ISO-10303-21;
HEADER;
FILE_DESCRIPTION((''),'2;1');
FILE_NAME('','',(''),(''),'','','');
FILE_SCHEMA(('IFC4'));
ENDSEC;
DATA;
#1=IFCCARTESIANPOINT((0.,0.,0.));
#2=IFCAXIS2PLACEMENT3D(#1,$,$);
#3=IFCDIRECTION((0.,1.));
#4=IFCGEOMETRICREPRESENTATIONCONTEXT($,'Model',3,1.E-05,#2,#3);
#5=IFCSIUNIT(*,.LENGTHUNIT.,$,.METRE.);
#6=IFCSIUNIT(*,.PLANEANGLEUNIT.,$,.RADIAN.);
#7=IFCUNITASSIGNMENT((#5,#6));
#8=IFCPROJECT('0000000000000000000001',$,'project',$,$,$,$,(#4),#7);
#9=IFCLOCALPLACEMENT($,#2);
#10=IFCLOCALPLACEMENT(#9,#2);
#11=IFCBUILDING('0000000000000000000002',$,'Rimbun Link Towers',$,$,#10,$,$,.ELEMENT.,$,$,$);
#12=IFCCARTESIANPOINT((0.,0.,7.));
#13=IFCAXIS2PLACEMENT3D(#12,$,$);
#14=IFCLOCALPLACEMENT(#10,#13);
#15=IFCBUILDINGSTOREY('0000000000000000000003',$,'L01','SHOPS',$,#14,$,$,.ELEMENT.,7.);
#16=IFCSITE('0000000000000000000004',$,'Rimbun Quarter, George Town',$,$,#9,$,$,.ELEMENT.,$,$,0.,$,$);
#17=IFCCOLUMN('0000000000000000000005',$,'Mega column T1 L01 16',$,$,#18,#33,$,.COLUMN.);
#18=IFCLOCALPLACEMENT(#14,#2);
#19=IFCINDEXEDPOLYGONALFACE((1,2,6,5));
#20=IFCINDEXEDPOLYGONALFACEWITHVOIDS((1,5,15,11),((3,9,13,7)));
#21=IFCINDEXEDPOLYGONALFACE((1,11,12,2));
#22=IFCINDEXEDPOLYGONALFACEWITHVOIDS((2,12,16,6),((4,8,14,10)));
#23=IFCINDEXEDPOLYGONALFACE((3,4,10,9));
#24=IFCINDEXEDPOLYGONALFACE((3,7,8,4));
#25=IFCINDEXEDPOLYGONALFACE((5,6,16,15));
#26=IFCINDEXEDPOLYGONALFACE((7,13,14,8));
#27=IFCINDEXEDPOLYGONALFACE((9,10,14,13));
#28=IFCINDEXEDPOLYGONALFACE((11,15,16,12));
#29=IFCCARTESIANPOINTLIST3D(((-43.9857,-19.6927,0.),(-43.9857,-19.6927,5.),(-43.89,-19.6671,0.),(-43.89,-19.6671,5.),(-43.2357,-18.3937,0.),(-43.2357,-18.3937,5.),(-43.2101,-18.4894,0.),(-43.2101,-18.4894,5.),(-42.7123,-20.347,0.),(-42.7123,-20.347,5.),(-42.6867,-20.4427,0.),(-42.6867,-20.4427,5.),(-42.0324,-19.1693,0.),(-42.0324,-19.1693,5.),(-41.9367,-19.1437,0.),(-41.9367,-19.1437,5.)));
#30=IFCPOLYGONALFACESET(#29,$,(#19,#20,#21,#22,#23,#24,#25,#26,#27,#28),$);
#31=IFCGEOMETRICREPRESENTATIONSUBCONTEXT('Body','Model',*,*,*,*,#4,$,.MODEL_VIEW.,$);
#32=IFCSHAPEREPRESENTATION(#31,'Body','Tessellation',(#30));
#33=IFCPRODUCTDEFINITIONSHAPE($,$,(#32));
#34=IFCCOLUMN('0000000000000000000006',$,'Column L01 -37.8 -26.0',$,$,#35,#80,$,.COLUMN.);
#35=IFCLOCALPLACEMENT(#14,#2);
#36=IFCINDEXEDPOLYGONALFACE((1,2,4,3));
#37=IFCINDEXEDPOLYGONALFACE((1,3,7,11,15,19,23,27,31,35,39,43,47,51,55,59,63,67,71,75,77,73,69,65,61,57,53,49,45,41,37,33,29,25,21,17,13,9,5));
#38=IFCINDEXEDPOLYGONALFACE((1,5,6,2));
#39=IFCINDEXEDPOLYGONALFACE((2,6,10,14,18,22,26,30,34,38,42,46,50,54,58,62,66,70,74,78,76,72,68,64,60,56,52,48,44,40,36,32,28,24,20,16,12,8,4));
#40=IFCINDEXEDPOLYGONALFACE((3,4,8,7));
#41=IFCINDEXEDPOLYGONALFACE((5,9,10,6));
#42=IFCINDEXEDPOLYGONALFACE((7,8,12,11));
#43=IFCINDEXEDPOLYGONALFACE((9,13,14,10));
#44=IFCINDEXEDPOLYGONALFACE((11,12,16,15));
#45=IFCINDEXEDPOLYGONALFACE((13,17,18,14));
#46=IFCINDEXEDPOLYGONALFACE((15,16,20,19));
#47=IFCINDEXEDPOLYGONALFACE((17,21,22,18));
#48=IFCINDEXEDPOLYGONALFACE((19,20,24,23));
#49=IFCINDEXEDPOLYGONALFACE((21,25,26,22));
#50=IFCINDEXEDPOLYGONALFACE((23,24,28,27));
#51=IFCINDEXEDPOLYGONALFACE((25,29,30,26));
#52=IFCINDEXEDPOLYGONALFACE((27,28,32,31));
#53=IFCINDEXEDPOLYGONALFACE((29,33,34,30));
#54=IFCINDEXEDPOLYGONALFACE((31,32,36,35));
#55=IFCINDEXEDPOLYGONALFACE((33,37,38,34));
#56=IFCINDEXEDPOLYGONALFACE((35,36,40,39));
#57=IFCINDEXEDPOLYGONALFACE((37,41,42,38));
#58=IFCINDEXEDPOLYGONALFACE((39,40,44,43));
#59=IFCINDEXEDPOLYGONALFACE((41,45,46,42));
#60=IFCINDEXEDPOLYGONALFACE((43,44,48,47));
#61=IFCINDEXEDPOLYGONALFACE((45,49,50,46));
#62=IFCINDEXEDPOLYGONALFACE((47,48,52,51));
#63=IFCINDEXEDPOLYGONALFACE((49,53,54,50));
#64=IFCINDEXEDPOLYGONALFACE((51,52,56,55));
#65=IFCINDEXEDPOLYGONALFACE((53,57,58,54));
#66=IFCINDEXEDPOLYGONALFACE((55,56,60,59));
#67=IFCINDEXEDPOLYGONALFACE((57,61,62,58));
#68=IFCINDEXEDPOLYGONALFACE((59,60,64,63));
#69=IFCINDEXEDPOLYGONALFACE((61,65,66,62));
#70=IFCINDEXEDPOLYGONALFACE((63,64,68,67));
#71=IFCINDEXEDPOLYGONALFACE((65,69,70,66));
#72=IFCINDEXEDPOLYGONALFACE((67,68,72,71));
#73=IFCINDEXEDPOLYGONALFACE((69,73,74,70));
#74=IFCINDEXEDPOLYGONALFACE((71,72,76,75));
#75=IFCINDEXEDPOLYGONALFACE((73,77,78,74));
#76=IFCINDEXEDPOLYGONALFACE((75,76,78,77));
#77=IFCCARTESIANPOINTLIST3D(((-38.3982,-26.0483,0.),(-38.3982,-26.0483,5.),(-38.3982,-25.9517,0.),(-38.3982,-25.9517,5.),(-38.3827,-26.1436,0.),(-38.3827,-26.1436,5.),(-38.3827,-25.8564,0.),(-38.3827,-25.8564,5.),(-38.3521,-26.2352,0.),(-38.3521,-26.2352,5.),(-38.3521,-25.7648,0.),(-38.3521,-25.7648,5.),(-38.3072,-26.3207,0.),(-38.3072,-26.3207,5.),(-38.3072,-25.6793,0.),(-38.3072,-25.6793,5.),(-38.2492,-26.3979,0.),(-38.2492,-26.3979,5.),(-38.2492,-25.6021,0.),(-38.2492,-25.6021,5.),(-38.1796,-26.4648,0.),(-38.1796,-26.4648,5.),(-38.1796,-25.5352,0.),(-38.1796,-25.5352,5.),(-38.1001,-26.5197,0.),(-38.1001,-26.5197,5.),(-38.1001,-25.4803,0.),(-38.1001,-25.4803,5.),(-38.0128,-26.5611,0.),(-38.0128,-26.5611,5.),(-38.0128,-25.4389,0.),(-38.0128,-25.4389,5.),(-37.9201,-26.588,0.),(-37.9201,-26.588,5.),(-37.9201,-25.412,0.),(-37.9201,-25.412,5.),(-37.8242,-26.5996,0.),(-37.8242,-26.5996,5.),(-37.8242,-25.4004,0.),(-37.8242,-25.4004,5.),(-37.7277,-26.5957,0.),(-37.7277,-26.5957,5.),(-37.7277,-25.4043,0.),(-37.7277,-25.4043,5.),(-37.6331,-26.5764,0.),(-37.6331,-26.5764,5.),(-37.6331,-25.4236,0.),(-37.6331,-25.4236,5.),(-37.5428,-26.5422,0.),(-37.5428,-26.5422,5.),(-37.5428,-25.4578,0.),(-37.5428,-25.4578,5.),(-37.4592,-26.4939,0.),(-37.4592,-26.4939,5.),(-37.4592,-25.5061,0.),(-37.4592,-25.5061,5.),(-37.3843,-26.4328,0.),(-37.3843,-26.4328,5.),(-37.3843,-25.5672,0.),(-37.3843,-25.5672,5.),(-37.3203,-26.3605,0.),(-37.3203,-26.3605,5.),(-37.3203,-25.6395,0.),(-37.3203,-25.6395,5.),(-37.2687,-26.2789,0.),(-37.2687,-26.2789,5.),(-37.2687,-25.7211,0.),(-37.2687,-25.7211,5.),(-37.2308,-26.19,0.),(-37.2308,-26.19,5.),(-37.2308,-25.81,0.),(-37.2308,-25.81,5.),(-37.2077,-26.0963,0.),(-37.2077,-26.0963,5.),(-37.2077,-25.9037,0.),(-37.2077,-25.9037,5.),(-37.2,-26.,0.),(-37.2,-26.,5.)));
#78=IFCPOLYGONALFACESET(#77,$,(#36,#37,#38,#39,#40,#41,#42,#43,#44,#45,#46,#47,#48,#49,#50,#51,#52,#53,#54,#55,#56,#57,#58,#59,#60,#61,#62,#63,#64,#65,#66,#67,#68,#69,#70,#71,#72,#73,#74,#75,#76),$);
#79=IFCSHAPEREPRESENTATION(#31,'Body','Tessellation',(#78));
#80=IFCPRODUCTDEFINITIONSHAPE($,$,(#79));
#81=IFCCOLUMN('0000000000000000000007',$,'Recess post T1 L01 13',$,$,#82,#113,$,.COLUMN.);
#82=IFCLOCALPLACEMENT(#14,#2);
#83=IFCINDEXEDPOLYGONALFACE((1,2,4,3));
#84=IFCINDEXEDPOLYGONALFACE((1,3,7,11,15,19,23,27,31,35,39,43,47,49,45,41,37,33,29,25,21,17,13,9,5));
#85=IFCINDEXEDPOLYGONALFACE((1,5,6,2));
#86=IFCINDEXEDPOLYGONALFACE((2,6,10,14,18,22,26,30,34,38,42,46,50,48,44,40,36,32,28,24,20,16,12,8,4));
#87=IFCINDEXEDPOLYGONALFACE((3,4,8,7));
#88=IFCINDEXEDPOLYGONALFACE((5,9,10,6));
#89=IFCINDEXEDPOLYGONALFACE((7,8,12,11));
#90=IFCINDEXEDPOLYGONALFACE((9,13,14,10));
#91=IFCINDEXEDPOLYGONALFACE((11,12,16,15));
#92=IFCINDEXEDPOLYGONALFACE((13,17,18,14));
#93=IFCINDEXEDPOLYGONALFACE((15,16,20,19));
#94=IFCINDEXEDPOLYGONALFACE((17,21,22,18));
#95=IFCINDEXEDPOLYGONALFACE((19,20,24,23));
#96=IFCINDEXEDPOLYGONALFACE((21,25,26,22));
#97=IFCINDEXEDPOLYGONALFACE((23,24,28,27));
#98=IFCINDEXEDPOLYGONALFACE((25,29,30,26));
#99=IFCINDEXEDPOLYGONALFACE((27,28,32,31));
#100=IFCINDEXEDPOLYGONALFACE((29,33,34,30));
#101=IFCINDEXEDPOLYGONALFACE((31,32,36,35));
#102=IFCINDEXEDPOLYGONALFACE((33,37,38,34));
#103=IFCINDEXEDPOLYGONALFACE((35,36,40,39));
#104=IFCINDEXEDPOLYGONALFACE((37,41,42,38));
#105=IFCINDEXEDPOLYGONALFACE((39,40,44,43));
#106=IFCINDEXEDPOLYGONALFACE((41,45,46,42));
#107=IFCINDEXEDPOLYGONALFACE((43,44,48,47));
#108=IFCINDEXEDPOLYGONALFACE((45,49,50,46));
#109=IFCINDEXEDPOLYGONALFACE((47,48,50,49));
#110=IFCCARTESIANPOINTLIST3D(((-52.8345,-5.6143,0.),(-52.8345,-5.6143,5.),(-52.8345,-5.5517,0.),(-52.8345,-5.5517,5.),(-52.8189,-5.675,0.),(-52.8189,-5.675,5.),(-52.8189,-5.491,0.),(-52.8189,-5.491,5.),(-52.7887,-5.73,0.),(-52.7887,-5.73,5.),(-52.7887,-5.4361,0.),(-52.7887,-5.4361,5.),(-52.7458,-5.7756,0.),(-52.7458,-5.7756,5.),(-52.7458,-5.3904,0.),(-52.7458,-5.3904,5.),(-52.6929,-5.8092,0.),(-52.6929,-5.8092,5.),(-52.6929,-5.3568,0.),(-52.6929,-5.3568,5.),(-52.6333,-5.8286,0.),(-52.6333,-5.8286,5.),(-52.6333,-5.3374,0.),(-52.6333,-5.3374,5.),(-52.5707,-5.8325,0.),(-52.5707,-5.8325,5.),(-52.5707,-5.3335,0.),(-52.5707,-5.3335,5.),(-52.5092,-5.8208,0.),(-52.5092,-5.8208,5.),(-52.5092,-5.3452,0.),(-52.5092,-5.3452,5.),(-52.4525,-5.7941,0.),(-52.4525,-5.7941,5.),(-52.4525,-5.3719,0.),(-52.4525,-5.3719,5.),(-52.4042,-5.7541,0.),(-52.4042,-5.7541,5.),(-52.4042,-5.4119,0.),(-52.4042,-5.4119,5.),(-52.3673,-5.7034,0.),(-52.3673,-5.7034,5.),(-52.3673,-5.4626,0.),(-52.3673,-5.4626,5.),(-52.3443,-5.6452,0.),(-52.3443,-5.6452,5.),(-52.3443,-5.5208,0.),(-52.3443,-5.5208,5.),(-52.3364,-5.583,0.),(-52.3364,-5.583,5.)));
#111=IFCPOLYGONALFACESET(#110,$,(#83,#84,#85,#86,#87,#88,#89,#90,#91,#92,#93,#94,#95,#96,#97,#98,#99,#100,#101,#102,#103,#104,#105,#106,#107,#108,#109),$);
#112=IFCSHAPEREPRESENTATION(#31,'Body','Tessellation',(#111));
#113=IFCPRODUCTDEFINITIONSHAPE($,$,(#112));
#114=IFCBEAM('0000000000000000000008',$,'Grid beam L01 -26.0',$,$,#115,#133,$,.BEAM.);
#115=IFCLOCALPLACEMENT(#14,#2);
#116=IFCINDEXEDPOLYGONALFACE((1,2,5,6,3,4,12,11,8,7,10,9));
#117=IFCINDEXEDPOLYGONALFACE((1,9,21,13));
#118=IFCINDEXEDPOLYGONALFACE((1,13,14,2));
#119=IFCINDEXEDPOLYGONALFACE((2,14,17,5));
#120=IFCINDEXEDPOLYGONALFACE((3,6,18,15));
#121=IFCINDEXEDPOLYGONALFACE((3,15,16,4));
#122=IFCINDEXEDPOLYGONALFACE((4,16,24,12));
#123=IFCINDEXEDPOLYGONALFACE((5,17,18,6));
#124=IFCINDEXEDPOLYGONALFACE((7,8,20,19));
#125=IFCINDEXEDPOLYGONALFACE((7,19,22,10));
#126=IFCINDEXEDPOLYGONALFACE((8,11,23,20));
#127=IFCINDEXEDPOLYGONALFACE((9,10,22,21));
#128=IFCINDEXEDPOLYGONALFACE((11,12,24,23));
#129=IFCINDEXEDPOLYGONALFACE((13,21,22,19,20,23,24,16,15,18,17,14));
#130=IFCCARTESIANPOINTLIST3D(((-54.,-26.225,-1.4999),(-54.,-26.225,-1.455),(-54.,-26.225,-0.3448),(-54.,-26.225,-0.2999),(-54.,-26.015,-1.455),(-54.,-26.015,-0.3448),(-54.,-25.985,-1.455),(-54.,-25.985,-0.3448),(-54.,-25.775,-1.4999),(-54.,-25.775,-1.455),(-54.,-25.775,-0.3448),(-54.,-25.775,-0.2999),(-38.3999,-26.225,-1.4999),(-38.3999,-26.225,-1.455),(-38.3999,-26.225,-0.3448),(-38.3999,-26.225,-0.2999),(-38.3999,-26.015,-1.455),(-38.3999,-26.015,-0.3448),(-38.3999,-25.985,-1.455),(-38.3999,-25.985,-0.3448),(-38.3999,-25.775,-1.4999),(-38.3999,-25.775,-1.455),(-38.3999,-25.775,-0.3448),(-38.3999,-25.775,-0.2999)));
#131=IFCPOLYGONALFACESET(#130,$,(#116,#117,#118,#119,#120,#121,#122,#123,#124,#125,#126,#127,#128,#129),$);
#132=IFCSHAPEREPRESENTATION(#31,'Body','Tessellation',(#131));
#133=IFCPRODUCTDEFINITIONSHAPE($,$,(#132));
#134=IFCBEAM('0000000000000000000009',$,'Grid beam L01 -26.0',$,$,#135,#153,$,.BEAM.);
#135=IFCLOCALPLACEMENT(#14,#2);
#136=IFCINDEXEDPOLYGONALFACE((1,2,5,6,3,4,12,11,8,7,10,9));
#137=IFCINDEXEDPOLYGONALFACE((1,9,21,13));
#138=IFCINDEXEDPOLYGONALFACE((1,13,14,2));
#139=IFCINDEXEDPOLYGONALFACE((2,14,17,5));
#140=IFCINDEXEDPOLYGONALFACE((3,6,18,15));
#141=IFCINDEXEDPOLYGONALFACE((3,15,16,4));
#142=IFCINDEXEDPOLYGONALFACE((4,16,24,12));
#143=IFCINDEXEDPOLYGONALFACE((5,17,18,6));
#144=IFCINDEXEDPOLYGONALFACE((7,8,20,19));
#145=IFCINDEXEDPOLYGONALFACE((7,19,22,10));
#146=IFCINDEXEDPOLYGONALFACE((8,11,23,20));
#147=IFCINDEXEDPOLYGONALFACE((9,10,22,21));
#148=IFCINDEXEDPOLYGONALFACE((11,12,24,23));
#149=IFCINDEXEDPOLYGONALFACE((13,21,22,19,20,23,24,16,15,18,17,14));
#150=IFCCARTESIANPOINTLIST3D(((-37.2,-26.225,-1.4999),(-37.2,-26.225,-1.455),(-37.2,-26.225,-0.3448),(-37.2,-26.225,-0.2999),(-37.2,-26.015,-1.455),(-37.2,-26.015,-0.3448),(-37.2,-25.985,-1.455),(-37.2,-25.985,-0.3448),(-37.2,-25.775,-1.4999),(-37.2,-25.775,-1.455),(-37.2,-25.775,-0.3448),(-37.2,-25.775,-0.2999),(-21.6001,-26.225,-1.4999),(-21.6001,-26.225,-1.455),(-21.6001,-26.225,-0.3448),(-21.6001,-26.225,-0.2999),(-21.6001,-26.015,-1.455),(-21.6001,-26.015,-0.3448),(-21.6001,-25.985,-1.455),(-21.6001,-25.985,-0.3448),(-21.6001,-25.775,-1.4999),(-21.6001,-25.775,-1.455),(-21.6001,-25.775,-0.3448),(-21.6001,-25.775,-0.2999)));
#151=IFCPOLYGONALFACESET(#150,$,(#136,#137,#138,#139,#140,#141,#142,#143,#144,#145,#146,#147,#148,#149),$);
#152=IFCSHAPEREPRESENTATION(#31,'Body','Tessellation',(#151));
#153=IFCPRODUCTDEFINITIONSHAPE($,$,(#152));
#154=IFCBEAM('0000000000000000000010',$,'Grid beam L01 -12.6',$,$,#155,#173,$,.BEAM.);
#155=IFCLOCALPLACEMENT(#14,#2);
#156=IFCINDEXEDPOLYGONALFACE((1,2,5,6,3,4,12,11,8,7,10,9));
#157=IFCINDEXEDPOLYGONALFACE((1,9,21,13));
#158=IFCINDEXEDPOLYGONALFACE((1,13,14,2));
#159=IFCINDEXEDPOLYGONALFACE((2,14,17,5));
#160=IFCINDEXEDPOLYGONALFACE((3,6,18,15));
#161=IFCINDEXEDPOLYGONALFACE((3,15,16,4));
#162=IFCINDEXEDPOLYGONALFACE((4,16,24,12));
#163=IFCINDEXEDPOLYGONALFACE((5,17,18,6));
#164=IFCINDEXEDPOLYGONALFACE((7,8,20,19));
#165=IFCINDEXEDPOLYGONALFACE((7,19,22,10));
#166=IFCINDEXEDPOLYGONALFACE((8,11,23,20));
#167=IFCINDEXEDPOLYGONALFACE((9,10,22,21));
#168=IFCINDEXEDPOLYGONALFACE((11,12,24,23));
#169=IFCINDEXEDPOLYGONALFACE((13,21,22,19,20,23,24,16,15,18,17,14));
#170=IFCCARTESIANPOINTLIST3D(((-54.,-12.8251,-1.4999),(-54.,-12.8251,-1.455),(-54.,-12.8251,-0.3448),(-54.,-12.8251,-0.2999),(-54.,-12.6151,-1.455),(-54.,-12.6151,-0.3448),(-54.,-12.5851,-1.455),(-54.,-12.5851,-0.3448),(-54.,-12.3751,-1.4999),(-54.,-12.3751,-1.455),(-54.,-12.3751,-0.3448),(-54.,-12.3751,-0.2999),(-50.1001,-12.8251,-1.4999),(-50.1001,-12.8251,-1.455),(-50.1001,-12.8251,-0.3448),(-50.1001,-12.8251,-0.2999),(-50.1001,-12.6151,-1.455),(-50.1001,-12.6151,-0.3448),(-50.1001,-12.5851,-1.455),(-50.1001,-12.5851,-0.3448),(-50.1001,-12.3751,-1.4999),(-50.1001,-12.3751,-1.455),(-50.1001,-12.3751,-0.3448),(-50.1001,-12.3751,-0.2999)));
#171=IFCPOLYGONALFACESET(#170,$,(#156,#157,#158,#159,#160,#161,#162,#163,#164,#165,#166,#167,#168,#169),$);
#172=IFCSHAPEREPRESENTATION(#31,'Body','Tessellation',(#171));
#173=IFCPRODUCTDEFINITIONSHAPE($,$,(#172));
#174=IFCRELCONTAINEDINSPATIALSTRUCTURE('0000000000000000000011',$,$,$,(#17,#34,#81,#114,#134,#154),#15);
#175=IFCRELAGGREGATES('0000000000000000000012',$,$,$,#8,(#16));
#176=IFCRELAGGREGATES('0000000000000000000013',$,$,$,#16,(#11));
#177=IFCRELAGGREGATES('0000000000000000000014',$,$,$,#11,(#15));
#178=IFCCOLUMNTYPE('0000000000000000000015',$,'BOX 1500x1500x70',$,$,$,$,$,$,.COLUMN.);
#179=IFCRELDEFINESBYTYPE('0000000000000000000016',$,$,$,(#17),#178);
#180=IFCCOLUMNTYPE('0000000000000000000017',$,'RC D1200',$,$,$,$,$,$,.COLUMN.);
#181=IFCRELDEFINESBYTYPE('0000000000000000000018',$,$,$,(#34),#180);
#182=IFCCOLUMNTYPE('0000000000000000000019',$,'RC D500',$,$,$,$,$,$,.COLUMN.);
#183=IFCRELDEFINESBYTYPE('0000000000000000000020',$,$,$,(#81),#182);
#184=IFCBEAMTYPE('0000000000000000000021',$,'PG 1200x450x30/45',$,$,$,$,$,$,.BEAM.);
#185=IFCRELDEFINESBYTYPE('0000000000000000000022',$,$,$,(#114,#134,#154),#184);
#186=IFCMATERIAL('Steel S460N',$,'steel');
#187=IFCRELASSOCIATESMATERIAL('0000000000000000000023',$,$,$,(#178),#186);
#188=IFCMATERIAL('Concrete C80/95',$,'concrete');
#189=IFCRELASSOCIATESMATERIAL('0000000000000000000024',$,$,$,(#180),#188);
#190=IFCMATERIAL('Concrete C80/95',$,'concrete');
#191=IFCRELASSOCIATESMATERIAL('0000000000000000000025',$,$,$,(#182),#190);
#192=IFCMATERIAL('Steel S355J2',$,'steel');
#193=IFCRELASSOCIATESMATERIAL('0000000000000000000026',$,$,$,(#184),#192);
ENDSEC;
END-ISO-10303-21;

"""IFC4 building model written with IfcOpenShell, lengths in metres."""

from ifc_helpers import new_model, si_unit, direction, frame, origin, origin_2d, place, context, subcontext, project, spatial, hollow_rectangle, circle, i_section, extrude, material, material_profile, profile_set, type_object, element, save


model = new_model("IFC4")

# Units and contexts
model_context = context("Model", 3, precision=1e-05, world=origin(), true_north=direction((0.0, 1.0)))
body_context = subcontext(model_context, "Body", "Model", "MODEL_VIEW")
ifc_project = project(units=[si_unit("LENGTHUNIT", "METRE"), si_unit("PLANEANGLEUNIT", "RADIAN")], contexts=[model_context])

# Site, building, storey
site_placement = place(None, origin())
site = spatial("IfcSite", under=ifc_project, at=site_placement, Name="Rimbun Quarter, George Town", CompositionType="ELEMENT", RefElevation=0.0)
building_placement = place(site_placement, origin())
building = spatial("IfcBuilding", under=site, at=building_placement, Name="Rimbun Link Towers", CompositionType="ELEMENT")
storey_placement = place(building_placement, frame((0.0, 0.0, 7.0)))
storey = spatial("IfcBuildingStorey", under=building, at=storey_placement, Name="L01", Description="SHOPS", CompositionType="ELEMENT", Elevation=7.0)

# Columns
ifc_material_1 = material(Name="Steel S460N", Category="steel")
ifc_material_profile_1 = material_profile(ifc_material_1, hollow_rectangle(XDim=1.5, YDim=1.5, WallThickness=0.0701, at=origin_2d()), Name="BOX 1500x1500x70")
ifc_profile_set_1 = profile_set([ifc_material_profile_1], Name="Steel S460N")
column_type_1 = type_object("IfcColumnType", Name="BOX 1500x1500x70", PredefinedType="COLUMN", material=ifc_profile_set_1)
column_1_placement = place(storey_placement, frame((-42.9612, -19.4182, 0.0), z_axis=(0.0, 0.0, 1.0), x_axis=(-0.5, -0.866025, 0.0)))
element("IfcColumn", 1, at=column_1_placement, inside=storey, type_object=column_type_1, Name="Mega column T1 L01 16", PredefinedType="COLUMN", context=body_context, shape_type="SweptSolid", body=[
    extrude(hollow_rectangle(XDim=1.5, YDim=1.5, WallThickness=0.0701, at=origin_2d()), origin(), (0.0, 0.0, 1.0), 5.0),
])
ifc_material_2 = material(Name="Concrete C80/95", Category="concrete")
ifc_material_profile_2 = material_profile(ifc_material_2, circle(Radius=0.6001, at=origin_2d()), Name="RC D1200")
ifc_profile_set_2 = profile_set([ifc_material_profile_2], Name="Concrete C80/95")
column_type_2 = type_object("IfcColumnType", Name="RC D1200", PredefinedType="COLUMN", material=ifc_profile_set_2)
column_2_placement = place(storey_placement, frame((-37.8, -26.0, 0.0), z_axis=(0.0, 0.0, 1.0), x_axis=(1.0, 0.0, 0.0)))
element("IfcColumn", 2, at=column_2_placement, inside=storey, type_object=column_type_2, Name="Column L01 -37.8 -26.0", PredefinedType="COLUMN", context=body_context, shape_type="SweptSolid", body=[
    extrude(circle(Radius=0.6001, at=origin_2d()), origin(), (0.0, 0.0, 1.0), 5.0),
])
ifc_material_3 = material(Name="Concrete C80/95", Category="concrete")
ifc_material_profile_3 = material_profile(ifc_material_3, circle(Radius=0.25, at=origin_2d()), Name="RC D500")
ifc_profile_set_3 = profile_set([ifc_material_profile_3], Name="Concrete C80/95")
column_type_3 = type_object("IfcColumnType", Name="RC D500", PredefinedType="COLUMN", material=ifc_profile_set_3)
column_3_placement = place(storey_placement, frame((-52.5864, -5.583, 0.0), z_axis=(0.0, 0.0, 1.0), x_axis=(1.0, 0.0, 0.0)))
element("IfcColumn", 3, at=column_3_placement, inside=storey, type_object=column_type_3, Name="Recess post T1 L01 13", PredefinedType="COLUMN", context=body_context, shape_type="SweptSolid", body=[
    extrude(circle(Radius=0.25, at=origin_2d()), origin(), (0.0, 0.0, 1.0), 5.0),
])

# Beams
ifc_material_4 = material(Name="Steel S355J2", Category="steel")
ifc_material_profile_4 = material_profile(ifc_material_4, i_section(OverallWidth=0.45, OverallDepth=1.2, WebThickness=0.03, FlangeThickness=0.0449, at=origin_2d()), Name="PG 1200x450x30/45")
ifc_profile_set_4 = profile_set([ifc_material_profile_4], Name="Steel S355J2")
beam_type_1 = type_object("IfcBeamType", Name="PG 1200x450x30/45", PredefinedType="BEAM", material=ifc_profile_set_4)
beam_1_placement = place(storey_placement, frame((-54.0, -26.0, -0.8999), z_axis=(1.0, 0.0, 0.0), x_axis=(0.0, 1.0, 0.0)))
element("IfcBeam", 4, at=beam_1_placement, inside=storey, type_object=beam_type_1, Name="Grid beam L01 -26.0", PredefinedType="BEAM", context=body_context, shape_type="SweptSolid", body=[
    extrude(i_section(OverallWidth=0.45, OverallDepth=1.2, WebThickness=0.03, FlangeThickness=0.0449, at=origin_2d()), origin(), (0.0, 0.0, 1.0), 15.6001),
])
beam_2_placement = place(storey_placement, frame((-37.2, -26.0, -0.8999), z_axis=(1.0, 0.0, 0.0), x_axis=(0.0, 1.0, 0.0)))
element("IfcBeam", 5, at=beam_2_placement, inside=storey, type_object=beam_type_1, Name="Grid beam L01 -26.0", PredefinedType="BEAM", context=body_context, shape_type="SweptSolid", body=[
    extrude(i_section(OverallWidth=0.45, OverallDepth=1.2, WebThickness=0.03, FlangeThickness=0.0449, at=origin_2d()), origin(), (0.0, 0.0, 1.0), 15.5999),
])
beam_3_placement = place(storey_placement, frame((-54.0, -12.6001, -0.8999), z_axis=(1.0, 0.0, 0.0), x_axis=(0.0, 1.0, 0.0)))
element("IfcBeam", 6, at=beam_3_placement, inside=storey, type_object=beam_type_1, Name="Grid beam L01 -12.6", PredefinedType="BEAM", context=body_context, shape_type="SweptSolid", body=[
    extrude(i_section(OverallWidth=0.45, OverallDepth=1.2, WebThickness=0.03, FlangeThickness=0.0449, at=origin_2d()), origin(), (0.0, 0.0, 1.0), 3.8999),
])

save(model, "model.ifc")
